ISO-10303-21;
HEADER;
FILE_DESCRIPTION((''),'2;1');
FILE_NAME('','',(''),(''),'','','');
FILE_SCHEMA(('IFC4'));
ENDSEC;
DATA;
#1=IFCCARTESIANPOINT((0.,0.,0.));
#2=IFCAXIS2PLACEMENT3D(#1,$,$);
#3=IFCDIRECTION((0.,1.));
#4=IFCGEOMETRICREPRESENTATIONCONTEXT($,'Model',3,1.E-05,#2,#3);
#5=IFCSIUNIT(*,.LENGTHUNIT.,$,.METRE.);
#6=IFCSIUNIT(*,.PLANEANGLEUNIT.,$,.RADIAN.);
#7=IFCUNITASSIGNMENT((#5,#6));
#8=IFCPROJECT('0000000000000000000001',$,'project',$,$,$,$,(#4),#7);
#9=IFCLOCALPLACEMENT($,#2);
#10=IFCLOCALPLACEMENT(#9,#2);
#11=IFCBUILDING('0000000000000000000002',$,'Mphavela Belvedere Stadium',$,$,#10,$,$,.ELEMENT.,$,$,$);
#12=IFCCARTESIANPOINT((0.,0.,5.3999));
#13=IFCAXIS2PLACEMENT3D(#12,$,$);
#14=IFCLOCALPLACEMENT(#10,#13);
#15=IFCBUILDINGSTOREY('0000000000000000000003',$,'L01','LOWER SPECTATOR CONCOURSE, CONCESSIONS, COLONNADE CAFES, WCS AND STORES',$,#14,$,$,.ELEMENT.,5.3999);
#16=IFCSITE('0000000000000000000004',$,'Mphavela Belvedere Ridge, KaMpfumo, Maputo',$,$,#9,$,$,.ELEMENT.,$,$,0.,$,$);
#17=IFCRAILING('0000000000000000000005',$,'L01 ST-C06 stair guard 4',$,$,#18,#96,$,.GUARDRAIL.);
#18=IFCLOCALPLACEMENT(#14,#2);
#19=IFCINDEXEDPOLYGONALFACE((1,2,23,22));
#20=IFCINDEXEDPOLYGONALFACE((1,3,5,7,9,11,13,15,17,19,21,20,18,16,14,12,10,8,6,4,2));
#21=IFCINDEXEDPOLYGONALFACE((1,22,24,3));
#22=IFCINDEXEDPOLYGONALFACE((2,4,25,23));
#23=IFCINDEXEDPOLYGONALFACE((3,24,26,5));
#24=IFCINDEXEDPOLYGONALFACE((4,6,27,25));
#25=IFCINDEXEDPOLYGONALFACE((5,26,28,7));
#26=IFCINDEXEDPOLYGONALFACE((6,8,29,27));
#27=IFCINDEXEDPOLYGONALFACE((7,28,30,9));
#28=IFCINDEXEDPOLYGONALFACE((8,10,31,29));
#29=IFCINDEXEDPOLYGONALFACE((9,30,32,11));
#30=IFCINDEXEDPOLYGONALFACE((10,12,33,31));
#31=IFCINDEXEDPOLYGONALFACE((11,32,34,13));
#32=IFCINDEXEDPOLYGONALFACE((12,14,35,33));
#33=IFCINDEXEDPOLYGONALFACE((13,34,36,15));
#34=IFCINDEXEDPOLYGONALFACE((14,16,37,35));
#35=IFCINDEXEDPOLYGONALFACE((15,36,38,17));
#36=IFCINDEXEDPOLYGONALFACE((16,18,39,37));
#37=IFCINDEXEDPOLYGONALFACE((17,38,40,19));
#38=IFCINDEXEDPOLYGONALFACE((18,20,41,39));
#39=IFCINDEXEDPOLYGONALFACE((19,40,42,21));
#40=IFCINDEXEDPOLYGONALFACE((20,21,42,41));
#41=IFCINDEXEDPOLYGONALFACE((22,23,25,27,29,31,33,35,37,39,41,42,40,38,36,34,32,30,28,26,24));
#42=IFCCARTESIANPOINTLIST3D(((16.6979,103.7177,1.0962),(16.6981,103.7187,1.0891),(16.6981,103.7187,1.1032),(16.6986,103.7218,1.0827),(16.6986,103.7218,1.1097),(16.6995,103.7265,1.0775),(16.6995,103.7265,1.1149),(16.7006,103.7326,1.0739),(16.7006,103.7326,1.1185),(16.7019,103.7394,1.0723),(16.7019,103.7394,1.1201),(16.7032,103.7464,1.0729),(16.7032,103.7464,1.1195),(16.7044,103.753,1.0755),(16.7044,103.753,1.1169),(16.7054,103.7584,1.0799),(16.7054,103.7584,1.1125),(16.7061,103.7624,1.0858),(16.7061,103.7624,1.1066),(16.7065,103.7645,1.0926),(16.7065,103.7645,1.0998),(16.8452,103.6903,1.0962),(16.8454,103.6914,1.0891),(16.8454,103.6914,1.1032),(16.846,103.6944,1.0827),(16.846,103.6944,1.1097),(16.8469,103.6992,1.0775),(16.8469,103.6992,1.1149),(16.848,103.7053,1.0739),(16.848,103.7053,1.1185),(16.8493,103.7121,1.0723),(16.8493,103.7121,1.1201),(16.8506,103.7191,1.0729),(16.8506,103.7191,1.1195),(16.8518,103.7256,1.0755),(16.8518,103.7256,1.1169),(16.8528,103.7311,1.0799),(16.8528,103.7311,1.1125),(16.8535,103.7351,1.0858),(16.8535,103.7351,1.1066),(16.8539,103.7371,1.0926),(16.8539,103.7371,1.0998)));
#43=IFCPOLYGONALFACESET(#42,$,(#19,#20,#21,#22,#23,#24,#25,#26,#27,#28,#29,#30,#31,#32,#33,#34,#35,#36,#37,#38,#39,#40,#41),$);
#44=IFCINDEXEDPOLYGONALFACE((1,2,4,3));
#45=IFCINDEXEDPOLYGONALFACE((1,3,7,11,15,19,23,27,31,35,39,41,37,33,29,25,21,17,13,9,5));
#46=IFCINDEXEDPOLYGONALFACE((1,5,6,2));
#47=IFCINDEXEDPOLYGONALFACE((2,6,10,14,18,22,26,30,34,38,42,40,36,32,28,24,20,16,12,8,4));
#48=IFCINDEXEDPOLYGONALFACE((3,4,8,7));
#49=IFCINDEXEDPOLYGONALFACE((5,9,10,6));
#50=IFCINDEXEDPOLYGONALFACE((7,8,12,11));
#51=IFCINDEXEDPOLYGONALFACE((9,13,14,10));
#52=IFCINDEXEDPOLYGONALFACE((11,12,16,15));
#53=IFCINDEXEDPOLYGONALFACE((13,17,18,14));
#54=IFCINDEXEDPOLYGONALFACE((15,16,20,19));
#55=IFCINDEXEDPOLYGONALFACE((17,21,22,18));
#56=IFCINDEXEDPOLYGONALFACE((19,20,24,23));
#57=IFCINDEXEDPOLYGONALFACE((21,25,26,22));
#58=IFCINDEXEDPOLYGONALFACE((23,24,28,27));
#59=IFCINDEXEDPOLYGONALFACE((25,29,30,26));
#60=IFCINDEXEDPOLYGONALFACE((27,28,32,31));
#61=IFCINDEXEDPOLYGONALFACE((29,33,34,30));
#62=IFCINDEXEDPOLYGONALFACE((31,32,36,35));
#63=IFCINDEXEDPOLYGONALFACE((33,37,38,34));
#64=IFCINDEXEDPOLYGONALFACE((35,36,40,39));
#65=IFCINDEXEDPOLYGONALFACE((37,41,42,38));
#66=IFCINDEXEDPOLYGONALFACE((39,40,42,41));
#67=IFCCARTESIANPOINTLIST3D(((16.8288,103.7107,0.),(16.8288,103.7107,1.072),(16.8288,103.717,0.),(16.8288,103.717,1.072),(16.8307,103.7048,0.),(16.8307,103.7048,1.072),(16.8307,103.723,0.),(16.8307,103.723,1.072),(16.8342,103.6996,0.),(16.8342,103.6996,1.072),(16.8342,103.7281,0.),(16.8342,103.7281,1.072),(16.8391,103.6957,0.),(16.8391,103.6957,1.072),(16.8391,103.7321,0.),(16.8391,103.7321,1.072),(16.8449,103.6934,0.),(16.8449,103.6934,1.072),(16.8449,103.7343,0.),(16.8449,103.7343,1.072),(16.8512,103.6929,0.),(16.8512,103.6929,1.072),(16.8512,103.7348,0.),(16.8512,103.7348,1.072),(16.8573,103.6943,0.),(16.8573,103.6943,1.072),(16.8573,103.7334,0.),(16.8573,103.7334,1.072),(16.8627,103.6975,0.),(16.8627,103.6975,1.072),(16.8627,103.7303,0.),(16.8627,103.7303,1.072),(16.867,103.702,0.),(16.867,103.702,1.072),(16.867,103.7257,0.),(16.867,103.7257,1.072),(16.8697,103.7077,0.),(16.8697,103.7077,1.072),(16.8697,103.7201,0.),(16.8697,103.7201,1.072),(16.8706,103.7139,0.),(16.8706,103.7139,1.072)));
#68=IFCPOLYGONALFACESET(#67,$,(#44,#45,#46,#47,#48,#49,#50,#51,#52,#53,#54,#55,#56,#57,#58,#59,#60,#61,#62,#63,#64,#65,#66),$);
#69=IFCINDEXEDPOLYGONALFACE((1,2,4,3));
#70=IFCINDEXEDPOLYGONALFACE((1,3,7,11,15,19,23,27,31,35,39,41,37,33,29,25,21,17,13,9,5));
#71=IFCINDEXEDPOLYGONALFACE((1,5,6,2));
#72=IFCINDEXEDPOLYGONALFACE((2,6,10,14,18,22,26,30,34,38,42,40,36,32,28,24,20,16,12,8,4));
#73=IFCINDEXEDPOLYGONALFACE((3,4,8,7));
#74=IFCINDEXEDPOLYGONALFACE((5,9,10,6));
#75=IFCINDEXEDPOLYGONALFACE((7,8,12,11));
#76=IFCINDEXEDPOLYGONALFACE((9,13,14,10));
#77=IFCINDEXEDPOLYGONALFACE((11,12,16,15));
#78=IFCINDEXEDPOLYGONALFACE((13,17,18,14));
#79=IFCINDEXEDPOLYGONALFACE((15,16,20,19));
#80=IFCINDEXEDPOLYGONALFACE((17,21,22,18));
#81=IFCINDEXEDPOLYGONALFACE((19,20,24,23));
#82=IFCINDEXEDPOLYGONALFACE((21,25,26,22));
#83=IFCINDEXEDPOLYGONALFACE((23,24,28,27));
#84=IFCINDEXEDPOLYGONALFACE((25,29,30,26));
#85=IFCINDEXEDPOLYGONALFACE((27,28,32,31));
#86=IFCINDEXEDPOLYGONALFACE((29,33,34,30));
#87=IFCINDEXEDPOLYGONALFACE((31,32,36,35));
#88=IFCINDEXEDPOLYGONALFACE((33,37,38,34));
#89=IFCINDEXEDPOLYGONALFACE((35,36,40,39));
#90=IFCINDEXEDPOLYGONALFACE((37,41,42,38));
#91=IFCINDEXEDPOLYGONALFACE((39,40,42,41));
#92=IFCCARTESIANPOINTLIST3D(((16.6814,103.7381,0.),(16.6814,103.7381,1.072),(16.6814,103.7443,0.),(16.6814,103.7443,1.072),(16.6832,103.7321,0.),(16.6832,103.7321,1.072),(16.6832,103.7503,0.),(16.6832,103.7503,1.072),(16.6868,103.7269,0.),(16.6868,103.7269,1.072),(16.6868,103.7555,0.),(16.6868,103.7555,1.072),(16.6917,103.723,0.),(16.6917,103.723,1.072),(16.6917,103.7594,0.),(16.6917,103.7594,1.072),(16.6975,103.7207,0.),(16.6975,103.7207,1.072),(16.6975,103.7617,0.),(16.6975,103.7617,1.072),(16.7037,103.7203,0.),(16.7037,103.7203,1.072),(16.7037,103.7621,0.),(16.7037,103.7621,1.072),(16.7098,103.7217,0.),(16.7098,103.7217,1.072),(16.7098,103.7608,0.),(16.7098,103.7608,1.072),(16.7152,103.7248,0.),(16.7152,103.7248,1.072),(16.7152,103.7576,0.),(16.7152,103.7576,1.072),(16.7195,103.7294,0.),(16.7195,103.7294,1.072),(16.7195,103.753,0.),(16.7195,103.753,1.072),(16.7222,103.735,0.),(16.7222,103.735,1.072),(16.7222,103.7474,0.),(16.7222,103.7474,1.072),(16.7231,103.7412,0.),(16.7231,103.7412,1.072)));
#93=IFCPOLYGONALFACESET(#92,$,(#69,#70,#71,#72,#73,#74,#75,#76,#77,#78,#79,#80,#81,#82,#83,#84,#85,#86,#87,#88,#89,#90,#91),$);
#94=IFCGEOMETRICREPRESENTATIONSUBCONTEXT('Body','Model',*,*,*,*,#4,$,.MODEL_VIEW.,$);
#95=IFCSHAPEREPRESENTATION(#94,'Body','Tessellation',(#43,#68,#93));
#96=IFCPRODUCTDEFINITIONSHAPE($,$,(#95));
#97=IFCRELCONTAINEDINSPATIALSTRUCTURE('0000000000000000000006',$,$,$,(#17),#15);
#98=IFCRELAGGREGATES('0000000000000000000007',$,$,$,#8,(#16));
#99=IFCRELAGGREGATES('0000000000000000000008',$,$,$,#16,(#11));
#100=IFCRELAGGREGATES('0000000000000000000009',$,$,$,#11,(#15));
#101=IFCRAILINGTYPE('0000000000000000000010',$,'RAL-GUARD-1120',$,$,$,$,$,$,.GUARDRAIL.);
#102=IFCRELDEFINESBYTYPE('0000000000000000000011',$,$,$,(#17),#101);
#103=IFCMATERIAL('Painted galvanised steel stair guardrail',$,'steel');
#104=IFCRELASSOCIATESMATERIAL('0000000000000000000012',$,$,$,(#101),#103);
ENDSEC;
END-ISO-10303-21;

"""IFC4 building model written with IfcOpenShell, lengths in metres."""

from ifc_helpers import new_model, si_unit, direction, frame, origin, origin_2d, place, context, subcontext, project, spatial, circle, extrude, material, type_object, element, save


model = new_model("IFC4")

# Units and contexts
model_context = context("Model", 3, precision=1e-05, world=origin(), true_north=direction((0.0, 1.0)))
body_context = subcontext(model_context, "Body", "Model", "MODEL_VIEW")
ifc_project = project(units=[si_unit("LENGTHUNIT", "METRE"), si_unit("PLANEANGLEUNIT", "RADIAN")], contexts=[model_context])

# Site, building, storey
site_placement = place(None, origin())
site = spatial("IfcSite", under=ifc_project, at=site_placement, Name="Mphavela Belvedere Ridge, KaMpfumo, Maputo", CompositionType="ELEMENT", RefElevation=0.0)
building_placement = place(site_placement, origin())
building = spatial("IfcBuilding", under=site, at=building_placement, Name="Mphavela Belvedere Stadium", CompositionType="ELEMENT")
storey_placement = place(building_placement, frame((0.0, 0.0, 5.3999)))
storey = spatial("IfcBuildingStorey", under=building, at=storey_placement, Name="L01", Description="LOWER SPECTATOR CONCOURSE, CONCESSIONS, COLONNADE CAFES, WCS AND STORES", CompositionType="ELEMENT", Elevation=5.3999)

# Railing
ifc_material_1 = material(Name="Painted galvanised steel stair guardrail", Category="steel")
railing_type_1 = type_object("IfcRailingType", Name="RAL-GUARD-1120", PredefinedType="GUARDRAIL", material=ifc_material_1)
railing_1_placement = place(storey_placement, frame((16.8496, 103.7139, 0.0)))
element("IfcRailing", 1, at=railing_1_placement, inside=storey, type_object=railing_type_1, Name="L01 ST-C06 stair guard 4", PredefinedType="GUARDRAIL", context=body_context, shape_type="SweptSolid", body=[
    extrude(circle(Radius=0.0239, at=origin_2d()), frame((0.0, 0.0, 1.0962), z_axis=(-0.983239, 0.182322, 0.0), x_axis=(-0.182322, -0.983239, 0.0)), (0.0, 0.0, 1.0), 0.1499),
    extrude(circle(Radius=0.021, at=origin_2d()), origin(), (0.0, 0.0, 1.0), 1.072),
    extrude(circle(Radius=0.021, at=origin_2d()), frame((-0.1475, 0.0273, 0.0)), (0.0, 0.0, 1.0), 1.072),
])

save(model, "model.ifc")
